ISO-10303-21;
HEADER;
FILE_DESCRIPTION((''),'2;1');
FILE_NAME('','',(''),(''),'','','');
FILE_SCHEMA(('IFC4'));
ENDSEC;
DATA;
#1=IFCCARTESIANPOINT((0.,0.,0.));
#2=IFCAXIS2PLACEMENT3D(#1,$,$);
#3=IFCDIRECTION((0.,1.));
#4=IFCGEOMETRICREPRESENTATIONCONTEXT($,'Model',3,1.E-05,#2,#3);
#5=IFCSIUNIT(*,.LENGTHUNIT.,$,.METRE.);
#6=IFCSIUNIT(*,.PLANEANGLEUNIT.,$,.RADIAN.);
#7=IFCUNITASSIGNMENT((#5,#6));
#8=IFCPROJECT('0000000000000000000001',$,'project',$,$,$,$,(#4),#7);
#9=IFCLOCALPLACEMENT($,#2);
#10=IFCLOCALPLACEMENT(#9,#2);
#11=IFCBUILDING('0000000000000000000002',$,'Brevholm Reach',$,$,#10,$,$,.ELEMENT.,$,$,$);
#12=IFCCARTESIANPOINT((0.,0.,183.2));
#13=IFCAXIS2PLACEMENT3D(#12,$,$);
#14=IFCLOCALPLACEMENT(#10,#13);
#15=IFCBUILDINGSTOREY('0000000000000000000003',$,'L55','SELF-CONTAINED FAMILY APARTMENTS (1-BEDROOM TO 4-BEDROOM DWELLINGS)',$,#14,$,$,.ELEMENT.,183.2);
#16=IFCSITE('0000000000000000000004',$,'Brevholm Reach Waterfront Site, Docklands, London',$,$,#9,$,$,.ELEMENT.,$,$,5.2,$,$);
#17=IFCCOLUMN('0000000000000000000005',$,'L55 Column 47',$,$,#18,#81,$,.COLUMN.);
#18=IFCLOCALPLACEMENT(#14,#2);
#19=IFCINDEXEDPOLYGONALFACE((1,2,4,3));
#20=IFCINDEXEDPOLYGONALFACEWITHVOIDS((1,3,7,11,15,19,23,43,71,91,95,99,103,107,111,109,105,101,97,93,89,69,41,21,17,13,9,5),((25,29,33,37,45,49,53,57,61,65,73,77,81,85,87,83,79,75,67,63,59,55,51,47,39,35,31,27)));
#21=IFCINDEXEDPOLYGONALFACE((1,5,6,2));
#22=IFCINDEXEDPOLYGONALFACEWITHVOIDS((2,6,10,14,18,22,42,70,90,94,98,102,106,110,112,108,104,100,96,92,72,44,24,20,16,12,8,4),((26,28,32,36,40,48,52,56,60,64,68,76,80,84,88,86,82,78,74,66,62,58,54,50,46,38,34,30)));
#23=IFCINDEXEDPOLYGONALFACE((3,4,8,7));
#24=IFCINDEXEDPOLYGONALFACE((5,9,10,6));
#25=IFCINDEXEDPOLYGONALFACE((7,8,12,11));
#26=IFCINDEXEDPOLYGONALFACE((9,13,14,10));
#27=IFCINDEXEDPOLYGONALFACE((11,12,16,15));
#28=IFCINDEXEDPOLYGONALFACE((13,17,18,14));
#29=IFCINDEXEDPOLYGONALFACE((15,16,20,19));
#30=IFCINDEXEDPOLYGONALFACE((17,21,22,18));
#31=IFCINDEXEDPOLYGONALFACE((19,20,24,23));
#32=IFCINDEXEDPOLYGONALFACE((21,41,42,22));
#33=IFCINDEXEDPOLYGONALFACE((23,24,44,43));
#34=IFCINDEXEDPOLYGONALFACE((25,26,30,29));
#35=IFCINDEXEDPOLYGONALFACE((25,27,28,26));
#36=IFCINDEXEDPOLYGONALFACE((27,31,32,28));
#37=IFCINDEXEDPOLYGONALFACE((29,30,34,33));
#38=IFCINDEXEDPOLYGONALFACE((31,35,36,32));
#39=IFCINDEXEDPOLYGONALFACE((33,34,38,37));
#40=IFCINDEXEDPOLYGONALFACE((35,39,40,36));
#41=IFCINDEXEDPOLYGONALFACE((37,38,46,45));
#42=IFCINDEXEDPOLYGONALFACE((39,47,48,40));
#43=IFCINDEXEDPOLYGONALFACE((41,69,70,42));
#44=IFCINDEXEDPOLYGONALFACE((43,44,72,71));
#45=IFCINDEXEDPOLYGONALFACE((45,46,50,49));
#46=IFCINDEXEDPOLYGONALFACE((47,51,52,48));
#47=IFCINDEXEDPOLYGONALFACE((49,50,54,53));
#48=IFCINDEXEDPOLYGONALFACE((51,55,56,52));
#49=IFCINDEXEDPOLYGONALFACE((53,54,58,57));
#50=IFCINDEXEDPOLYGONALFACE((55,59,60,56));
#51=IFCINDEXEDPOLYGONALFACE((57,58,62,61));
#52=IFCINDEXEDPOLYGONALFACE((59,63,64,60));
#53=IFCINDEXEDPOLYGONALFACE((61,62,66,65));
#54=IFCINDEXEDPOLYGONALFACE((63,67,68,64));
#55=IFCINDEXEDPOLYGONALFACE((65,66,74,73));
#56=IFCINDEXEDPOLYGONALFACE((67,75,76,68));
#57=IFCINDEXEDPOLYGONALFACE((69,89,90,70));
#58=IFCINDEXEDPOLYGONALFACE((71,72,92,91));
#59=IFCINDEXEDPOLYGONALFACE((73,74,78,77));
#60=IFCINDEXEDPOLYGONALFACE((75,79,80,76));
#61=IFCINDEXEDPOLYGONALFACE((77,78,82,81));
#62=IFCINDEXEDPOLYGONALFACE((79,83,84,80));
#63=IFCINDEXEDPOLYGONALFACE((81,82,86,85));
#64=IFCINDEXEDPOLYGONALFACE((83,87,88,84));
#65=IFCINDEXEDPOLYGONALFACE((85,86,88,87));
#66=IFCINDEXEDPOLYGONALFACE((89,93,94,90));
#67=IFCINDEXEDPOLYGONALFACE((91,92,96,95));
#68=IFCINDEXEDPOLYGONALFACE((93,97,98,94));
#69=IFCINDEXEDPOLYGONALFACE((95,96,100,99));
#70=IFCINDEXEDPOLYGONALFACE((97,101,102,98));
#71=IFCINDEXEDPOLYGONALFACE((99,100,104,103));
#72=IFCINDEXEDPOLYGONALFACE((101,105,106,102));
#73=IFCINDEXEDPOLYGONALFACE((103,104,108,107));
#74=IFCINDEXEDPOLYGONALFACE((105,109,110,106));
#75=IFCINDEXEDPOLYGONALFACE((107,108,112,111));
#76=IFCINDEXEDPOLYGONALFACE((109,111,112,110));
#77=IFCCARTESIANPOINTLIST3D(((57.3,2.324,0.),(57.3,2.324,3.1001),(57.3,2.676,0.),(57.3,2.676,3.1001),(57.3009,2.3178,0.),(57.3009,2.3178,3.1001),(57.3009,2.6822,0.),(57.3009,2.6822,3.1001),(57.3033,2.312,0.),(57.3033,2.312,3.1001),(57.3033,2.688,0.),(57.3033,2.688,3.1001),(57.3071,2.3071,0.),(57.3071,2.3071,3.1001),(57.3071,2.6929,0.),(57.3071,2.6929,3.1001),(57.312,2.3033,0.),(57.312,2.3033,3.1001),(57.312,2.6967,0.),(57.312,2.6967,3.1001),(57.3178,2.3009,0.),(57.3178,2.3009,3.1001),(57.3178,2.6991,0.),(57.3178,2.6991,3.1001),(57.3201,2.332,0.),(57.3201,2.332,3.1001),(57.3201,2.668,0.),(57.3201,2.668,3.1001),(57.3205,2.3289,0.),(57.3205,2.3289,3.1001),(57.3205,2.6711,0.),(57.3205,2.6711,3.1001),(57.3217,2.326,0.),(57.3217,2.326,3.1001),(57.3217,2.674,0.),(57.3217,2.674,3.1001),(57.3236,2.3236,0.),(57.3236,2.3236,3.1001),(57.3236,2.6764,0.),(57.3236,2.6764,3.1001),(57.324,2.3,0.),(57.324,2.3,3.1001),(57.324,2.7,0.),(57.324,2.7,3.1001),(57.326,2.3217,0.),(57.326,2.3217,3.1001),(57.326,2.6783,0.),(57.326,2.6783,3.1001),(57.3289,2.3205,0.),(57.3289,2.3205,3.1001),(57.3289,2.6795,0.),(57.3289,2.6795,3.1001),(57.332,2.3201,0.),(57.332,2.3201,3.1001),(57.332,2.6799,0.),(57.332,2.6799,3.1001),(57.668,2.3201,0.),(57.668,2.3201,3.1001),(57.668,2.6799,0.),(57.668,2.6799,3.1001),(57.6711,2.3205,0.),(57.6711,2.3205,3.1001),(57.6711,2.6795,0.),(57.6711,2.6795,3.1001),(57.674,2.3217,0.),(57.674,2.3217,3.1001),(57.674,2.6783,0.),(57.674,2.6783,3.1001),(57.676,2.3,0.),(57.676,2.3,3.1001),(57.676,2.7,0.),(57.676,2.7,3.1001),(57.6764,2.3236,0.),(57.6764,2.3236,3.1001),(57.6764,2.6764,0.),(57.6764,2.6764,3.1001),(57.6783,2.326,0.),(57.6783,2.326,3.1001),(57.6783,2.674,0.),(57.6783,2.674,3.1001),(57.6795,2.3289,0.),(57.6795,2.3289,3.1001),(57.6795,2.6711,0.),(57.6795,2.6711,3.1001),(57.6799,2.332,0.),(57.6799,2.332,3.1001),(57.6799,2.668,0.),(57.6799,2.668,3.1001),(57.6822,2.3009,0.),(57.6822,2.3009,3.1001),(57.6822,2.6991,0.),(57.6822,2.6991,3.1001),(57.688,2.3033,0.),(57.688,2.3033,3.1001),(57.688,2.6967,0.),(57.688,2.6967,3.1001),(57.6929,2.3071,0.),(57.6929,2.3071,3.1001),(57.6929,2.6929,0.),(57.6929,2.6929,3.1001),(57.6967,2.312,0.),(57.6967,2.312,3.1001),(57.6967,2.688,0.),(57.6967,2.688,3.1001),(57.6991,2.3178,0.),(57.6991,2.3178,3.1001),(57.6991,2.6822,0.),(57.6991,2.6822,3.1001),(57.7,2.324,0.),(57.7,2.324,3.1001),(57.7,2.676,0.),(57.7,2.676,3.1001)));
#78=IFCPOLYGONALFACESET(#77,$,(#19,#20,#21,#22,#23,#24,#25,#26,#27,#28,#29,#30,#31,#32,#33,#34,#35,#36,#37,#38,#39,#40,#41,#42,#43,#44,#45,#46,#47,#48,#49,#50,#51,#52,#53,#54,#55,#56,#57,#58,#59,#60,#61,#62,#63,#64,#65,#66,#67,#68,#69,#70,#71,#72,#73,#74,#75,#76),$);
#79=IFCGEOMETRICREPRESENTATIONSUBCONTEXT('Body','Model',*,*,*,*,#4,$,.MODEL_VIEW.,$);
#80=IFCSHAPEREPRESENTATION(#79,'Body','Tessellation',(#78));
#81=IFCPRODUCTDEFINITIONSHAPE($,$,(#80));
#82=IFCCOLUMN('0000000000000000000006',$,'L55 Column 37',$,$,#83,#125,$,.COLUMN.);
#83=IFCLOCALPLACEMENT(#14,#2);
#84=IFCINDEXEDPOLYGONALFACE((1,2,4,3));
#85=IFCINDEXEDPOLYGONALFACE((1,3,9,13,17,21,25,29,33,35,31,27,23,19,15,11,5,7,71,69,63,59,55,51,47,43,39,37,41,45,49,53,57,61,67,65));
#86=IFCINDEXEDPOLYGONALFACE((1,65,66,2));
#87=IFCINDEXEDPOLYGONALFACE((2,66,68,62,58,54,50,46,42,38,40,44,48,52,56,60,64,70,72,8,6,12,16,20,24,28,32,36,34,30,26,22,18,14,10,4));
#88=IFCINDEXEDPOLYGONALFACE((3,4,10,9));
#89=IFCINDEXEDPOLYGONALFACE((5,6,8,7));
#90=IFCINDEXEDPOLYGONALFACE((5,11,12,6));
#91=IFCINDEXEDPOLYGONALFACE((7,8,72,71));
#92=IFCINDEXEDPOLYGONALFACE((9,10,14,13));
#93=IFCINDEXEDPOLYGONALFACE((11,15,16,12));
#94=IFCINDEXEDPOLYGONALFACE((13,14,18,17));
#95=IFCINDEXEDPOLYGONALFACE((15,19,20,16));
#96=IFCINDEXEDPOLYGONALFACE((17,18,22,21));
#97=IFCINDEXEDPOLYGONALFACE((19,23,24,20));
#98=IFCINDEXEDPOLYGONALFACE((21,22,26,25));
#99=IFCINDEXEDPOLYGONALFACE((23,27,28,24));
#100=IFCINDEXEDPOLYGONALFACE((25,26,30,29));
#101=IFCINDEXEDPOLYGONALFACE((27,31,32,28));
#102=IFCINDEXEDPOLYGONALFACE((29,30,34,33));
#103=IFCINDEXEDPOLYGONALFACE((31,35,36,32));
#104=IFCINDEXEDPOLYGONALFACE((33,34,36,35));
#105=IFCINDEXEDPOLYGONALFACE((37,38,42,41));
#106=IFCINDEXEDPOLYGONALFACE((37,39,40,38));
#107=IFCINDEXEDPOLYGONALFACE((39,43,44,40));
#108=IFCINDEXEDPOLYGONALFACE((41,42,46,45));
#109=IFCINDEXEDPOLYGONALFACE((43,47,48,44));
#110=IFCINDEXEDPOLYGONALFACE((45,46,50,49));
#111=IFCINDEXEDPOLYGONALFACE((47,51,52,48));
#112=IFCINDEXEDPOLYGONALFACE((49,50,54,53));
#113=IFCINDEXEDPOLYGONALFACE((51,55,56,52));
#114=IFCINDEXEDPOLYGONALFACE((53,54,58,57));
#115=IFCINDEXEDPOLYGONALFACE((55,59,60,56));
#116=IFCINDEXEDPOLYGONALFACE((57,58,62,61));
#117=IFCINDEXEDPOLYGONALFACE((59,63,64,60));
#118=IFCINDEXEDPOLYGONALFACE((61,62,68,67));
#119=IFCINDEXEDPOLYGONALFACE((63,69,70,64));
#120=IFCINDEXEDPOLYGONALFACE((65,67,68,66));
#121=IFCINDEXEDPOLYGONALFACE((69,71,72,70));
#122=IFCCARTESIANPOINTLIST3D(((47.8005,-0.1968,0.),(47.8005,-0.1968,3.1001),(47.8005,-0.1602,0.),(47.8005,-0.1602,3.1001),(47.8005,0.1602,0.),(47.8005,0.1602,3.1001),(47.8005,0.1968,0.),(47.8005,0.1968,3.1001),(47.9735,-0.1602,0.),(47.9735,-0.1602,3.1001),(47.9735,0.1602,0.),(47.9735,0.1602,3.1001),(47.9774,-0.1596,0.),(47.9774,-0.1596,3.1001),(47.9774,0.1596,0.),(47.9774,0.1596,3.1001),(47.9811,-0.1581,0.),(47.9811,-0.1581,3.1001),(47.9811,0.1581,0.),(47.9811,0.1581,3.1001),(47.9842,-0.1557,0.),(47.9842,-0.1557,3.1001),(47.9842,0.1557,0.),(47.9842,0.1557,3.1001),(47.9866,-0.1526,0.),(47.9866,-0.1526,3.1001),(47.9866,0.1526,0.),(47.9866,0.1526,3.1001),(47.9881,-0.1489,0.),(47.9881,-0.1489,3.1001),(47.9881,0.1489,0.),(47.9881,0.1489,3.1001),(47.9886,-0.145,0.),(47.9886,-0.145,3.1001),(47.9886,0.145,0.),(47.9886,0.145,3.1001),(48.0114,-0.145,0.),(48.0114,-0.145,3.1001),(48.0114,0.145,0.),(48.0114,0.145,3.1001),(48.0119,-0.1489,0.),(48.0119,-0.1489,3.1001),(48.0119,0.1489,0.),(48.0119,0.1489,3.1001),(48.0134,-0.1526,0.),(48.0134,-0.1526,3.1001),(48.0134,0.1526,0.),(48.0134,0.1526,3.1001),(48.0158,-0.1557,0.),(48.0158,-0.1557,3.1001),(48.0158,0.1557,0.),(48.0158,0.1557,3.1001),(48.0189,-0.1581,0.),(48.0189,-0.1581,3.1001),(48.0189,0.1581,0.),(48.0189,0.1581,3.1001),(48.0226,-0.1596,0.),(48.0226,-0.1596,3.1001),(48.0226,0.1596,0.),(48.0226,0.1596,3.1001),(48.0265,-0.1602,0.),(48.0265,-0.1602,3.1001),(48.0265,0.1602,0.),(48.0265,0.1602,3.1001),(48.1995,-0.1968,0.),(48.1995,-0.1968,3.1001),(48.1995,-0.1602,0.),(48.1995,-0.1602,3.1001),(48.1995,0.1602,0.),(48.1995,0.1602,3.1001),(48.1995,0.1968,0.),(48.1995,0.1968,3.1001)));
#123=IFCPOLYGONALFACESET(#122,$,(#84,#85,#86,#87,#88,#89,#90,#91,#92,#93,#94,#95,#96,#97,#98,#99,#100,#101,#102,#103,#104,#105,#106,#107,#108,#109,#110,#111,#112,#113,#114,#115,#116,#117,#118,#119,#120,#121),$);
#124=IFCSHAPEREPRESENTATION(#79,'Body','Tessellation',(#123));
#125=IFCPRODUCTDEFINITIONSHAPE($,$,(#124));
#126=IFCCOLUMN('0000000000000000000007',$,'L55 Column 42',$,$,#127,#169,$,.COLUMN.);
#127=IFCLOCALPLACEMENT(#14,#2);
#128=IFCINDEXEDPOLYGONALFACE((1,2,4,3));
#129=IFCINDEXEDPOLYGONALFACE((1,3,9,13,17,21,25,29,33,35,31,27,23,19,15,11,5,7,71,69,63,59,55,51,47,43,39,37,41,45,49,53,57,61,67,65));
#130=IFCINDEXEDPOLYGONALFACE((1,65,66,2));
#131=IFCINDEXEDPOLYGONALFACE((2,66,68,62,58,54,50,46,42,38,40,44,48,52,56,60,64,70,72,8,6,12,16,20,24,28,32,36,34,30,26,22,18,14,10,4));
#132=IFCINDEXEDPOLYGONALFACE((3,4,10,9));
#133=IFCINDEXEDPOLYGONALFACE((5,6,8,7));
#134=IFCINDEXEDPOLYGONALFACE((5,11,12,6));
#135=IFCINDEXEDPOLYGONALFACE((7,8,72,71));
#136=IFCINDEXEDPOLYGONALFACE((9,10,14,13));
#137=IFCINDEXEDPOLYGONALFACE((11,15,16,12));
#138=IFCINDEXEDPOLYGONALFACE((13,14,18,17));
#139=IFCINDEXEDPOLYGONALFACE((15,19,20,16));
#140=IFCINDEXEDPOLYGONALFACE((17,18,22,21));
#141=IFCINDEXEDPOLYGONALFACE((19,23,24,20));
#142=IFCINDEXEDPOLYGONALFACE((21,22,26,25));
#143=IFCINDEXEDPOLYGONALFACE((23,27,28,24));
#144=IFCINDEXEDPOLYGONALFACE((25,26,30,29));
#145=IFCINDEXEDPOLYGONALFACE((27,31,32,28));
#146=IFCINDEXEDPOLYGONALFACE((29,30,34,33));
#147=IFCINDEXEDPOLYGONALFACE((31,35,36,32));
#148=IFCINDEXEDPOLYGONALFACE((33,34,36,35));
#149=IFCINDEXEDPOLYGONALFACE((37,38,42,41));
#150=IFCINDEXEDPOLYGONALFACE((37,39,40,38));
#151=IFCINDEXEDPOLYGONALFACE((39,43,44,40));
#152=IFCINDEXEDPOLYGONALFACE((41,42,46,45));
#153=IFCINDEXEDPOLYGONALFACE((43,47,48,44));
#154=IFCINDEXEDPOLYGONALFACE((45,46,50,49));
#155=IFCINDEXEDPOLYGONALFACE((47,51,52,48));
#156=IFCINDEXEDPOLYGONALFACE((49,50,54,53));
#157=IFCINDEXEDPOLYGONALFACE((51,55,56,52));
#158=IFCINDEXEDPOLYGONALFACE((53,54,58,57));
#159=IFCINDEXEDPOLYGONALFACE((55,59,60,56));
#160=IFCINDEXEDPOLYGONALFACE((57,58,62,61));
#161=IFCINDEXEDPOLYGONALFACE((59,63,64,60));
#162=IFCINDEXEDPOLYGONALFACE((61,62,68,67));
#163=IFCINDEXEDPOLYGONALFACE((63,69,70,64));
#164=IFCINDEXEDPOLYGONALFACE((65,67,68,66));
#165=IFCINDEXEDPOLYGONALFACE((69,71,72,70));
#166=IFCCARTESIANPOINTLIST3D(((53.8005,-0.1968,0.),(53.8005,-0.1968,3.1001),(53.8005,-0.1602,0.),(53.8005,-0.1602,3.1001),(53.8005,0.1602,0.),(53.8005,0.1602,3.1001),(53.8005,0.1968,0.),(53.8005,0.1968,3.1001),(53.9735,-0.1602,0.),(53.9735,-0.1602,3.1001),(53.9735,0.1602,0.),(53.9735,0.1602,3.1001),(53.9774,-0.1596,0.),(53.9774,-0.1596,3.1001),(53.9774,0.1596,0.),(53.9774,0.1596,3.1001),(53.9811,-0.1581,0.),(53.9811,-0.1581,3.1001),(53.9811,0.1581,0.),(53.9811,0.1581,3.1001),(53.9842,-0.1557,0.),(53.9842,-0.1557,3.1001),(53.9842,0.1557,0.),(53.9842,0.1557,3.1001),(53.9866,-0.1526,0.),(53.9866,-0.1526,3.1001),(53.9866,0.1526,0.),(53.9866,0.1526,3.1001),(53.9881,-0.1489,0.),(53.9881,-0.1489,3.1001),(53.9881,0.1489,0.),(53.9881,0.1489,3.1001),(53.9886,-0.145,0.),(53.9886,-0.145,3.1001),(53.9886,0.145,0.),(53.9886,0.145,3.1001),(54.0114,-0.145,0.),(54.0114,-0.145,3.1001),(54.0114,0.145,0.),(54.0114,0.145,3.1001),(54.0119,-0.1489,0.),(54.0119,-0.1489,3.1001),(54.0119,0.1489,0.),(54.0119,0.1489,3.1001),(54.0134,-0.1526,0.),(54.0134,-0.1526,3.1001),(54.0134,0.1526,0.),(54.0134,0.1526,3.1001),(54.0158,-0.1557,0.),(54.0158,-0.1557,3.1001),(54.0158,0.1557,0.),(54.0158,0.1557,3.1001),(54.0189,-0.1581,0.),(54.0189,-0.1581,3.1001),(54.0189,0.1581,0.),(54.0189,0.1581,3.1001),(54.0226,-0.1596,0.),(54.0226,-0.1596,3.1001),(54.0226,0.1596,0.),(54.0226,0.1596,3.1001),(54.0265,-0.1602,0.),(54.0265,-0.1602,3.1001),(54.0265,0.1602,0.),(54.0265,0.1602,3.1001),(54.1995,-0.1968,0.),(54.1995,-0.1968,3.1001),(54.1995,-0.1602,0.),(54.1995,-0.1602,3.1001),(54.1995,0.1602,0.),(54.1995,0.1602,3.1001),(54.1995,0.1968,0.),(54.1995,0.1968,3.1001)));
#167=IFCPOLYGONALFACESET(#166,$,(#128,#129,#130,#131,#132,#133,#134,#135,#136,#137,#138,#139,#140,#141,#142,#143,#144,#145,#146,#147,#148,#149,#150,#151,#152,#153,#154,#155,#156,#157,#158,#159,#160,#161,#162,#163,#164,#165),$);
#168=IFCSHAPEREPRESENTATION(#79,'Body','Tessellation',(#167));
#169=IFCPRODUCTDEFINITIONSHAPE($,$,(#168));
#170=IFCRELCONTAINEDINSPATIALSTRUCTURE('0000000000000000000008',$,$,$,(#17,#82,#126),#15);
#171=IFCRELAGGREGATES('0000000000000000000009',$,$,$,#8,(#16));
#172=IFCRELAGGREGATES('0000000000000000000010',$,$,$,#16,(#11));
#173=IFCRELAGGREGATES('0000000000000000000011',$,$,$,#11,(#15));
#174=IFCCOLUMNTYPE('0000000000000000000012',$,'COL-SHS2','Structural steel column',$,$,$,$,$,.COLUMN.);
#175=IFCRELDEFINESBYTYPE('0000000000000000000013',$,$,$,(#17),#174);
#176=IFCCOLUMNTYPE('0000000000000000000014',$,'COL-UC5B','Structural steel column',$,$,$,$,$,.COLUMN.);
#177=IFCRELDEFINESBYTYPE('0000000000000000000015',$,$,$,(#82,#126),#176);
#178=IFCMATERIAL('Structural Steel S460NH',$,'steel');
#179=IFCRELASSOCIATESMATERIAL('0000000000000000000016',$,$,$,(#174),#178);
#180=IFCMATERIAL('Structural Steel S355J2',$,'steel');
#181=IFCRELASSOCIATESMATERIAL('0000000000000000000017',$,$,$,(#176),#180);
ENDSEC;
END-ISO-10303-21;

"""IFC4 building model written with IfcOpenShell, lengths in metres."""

from ifc_helpers import new_model, si_unit, direction, frame, origin, origin_2d, place, context, subcontext, project, spatial, hollow_rectangle, i_section, extrude, material, material_profile, profile_set, type_object, element, save


model = new_model("IFC4")

# Units and contexts
model_context = context("Model", 3, precision=1e-05, world=origin(), true_north=direction((0.0, 1.0)))
body_context = subcontext(model_context, "Body", "Model", "MODEL_VIEW")
ifc_project = project(units=[si_unit("LENGTHUNIT", "METRE"), si_unit("PLANEANGLEUNIT", "RADIAN")], contexts=[model_context])

# Site, building, storey
site_placement = place(None, origin())
site = spatial("IfcSite", under=ifc_project, at=site_placement, Name="Brevholm Reach Waterfront Site, Docklands, London", CompositionType="ELEMENT", RefElevation=5.2)
building_placement = place(site_placement, origin())
building = spatial("IfcBuilding", under=site, at=building_placement, Name="Brevholm Reach", CompositionType="ELEMENT")
storey_placement = place(building_placement, frame((0.0, 0.0, 183.2)))
storey = spatial("IfcBuildingStorey", under=building, at=storey_placement, Name="L55", Description="SELF-CONTAINED FAMILY APARTMENTS (1-BEDROOM TO 4-BEDROOM DWELLINGS)", CompositionType="ELEMENT", Elevation=183.2)

# Columns
ifc_material_1 = material(Name="Structural Steel S460NH", Category="steel")
ifc_material_profile_1 = material_profile(ifc_material_1, hollow_rectangle(XDim=0.3999, YDim=0.3999, WallThickness=0.02, InnerFilletRadius=0.012, OuterFilletRadius=0.0239, at=origin_2d()), Name="SHS 400x400x20")
ifc_profile_set_1 = profile_set([ifc_material_profile_1], Name="Structural Steel S460NH")
column_type_1 = type_object("IfcColumnType", Name="COL-SHS2", Description="Structural steel column", PredefinedType="COLUMN", material=ifc_profile_set_1)
column_placement = place(storey_placement, frame((57.5, 2.5, 0.0), z_axis=(0.0, 0.0, 1.0), x_axis=(1.0, 0.0, 0.0)))
element("IfcColumn", 1, at=column_placement, inside=storey, type_object=column_type_1, Name="L55 Column 47", PredefinedType="COLUMN", context=body_context, shape_type="SweptSolid", body=[
    extrude(hollow_rectangle(XDim=0.3999, YDim=0.3999, WallThickness=0.02, InnerFilletRadius=0.012, OuterFilletRadius=0.0239, at=origin_2d()), origin(), (0.0, 0.0, 1.0), 3.1001),
])
ifc_material_2 = material(Name="Structural Steel S355J2", Category="steel")
ifc_material_profile_2 = material_profile(ifc_material_2, i_section(OverallWidth=0.3989, OverallDepth=0.3936, WebThickness=0.0227, FlangeThickness=0.0366, FilletRadius=0.0151, at=origin_2d()), Name="UKC 356x406x287")
ifc_profile_set_2 = profile_set([ifc_material_profile_2], Name="Structural Steel S355J2")
column_type_2 = type_object("IfcColumnType", Name="COL-UC5B", Description="Structural steel column", PredefinedType="COLUMN", material=ifc_profile_set_2)
for number, where, z_axis, x_axis, name in (
    (2, (48.0, 0.0, 0.0), (0.0, 0.0, 1.0), (1.0, 0.0, 0.0), "L55 Column 37"),
    (3, (54.0, 0.0, 0.0), (0.0, 0.0, 1.0), (1.0, 0.0, 0.0), "L55 Column 42"),
):
    element("IfcColumn", number, at=place(storey_placement, frame(where, z_axis=z_axis, x_axis=x_axis)), inside=storey, type_object=column_type_2, Name=name, PredefinedType="COLUMN", context=body_context, shape_type="SweptSolid", body=[
        extrude(i_section(OverallWidth=0.3989, OverallDepth=0.3936, WebThickness=0.0227, FlangeThickness=0.0366, FilletRadius=0.0151, at=origin_2d()), origin(), (0.0, 0.0, 1.0), 3.1001),
    ])

save(model, "model.ifc")
